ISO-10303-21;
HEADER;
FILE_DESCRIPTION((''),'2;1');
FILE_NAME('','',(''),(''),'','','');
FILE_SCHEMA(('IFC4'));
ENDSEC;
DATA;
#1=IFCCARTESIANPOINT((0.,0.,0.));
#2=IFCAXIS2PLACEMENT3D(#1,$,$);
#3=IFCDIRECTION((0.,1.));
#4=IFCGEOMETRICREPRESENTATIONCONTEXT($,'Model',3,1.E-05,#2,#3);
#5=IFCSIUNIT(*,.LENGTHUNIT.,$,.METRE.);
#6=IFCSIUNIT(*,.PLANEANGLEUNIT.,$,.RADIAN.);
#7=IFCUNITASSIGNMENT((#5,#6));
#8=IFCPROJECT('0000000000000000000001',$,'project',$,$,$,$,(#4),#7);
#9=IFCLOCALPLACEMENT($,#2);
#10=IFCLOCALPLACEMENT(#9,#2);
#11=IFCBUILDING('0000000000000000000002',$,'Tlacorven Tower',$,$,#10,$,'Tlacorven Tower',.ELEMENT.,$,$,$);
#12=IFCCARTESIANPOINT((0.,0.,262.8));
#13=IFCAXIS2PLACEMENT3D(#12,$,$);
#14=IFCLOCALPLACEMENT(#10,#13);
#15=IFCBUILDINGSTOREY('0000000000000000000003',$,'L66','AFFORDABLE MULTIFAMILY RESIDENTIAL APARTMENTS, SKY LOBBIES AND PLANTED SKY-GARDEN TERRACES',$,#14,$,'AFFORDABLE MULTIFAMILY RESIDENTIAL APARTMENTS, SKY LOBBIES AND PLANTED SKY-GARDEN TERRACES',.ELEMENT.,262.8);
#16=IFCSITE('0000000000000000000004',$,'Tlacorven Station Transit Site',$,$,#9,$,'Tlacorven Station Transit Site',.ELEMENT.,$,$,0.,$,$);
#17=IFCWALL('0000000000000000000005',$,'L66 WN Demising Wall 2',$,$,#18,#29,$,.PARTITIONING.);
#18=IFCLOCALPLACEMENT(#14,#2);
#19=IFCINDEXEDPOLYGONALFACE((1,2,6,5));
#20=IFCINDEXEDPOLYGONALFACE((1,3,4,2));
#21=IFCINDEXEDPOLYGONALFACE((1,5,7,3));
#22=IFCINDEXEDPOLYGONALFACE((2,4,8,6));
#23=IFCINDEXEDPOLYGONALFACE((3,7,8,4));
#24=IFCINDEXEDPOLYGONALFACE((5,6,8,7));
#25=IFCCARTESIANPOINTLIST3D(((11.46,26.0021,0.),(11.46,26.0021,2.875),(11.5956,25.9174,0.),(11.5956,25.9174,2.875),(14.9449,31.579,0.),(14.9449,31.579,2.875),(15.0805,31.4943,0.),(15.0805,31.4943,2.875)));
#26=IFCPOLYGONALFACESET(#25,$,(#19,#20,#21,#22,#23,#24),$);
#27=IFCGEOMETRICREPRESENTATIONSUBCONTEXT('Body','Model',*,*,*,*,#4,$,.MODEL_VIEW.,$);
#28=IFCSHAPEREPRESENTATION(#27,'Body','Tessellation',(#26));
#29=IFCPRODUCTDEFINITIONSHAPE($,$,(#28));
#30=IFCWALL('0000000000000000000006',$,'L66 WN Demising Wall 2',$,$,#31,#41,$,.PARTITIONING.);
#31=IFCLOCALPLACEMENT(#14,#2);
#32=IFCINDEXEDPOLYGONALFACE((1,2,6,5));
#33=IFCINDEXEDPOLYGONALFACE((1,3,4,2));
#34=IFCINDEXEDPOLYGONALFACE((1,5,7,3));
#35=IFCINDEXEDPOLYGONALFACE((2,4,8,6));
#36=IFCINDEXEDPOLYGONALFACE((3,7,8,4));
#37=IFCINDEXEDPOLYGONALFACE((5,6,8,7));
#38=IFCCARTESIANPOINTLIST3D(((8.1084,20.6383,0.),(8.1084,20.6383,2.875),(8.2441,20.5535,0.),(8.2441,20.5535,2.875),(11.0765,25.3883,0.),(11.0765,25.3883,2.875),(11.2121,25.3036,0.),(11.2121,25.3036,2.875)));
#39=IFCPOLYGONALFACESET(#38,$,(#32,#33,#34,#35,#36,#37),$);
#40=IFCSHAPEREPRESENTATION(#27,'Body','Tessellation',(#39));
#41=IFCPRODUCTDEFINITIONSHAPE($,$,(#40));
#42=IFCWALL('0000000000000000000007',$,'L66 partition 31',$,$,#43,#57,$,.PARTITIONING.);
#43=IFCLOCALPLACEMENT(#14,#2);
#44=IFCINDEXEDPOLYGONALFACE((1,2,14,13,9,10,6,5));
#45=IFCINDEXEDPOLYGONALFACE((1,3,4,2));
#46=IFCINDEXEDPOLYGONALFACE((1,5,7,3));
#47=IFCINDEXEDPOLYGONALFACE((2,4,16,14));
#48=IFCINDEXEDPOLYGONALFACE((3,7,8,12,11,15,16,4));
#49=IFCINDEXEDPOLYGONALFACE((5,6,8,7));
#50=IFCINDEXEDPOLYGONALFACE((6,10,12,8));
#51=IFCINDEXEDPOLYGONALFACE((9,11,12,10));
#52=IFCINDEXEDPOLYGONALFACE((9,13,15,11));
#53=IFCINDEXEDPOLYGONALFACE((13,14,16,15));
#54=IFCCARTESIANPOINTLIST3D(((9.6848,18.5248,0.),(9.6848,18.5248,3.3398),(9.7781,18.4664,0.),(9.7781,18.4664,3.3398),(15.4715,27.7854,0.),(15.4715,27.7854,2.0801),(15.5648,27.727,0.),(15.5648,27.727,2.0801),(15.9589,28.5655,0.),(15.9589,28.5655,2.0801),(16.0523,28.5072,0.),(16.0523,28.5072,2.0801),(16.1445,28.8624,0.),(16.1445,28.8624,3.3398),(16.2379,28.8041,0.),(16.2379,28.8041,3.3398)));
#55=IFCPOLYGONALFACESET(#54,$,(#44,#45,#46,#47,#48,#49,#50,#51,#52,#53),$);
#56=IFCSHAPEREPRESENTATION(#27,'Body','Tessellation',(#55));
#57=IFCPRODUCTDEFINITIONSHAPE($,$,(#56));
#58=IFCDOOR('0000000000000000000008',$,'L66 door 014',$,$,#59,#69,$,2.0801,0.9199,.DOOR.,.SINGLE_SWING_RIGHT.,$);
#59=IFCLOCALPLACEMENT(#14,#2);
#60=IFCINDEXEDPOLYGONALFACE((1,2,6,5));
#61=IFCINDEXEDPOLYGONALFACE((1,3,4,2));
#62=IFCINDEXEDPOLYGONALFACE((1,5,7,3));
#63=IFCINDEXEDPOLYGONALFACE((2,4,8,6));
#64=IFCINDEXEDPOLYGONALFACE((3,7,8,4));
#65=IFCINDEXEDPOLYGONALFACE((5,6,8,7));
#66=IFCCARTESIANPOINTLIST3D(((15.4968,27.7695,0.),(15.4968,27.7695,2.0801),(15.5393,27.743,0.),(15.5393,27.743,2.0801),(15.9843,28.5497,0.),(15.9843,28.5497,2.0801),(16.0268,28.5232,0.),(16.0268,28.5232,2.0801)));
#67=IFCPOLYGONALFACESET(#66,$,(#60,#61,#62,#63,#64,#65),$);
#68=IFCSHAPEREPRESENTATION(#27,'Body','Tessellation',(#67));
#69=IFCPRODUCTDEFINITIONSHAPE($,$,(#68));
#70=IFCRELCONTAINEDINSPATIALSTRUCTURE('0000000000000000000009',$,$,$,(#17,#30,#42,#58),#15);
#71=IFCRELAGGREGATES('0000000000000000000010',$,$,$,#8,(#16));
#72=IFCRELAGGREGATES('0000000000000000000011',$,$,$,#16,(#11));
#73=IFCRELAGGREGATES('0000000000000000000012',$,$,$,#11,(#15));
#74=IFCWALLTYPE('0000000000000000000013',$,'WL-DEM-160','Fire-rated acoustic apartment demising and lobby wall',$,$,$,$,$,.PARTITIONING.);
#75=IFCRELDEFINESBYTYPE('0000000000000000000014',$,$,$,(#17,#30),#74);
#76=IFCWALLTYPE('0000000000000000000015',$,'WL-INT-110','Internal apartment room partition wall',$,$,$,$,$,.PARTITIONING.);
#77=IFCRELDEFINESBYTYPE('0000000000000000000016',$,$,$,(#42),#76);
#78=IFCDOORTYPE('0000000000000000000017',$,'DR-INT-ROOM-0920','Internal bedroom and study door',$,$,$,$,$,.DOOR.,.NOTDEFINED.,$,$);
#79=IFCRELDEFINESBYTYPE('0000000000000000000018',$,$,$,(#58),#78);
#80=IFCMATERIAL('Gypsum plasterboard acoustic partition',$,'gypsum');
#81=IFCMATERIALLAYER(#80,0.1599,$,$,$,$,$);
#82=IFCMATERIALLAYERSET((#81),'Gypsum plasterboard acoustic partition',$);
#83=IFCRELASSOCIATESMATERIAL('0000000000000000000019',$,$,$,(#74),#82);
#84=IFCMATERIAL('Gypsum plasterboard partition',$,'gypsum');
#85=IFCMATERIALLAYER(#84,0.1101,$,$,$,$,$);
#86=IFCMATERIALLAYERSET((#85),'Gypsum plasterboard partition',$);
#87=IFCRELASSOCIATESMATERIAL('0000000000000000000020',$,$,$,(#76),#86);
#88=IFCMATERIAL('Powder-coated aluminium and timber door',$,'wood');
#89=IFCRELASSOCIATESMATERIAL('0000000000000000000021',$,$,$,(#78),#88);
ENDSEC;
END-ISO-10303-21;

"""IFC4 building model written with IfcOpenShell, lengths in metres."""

from ifc_helpers import new_model, si_unit, direction, frame, frame_2d, origin, place, context, subcontext, project, spatial, rectangle, extrude, source, transform, mapped, material, layer, layer_set, type_object, element, fill, save


model = new_model("IFC4")

# Units and contexts
model_context = context("Model", 3, precision=1e-05, world=origin(), true_north=direction((0.0, 1.0)))
body_context = subcontext(model_context, "Body", "Model", "MODEL_VIEW")
ifc_project = project(units=[si_unit("LENGTHUNIT", "METRE"), si_unit("PLANEANGLEUNIT", "RADIAN")], contexts=[model_context])

# Site, building, storey
site_placement = place(None, origin())
site = spatial("IfcSite", under=ifc_project, at=site_placement, Name="Tlacorven Station Transit Site", LongName="Tlacorven Station Transit Site", CompositionType="ELEMENT", RefElevation=0.0)
building_placement = place(site_placement, origin())
building = spatial("IfcBuilding", under=site, at=building_placement, Name="Tlacorven Tower", LongName="Tlacorven Tower", CompositionType="ELEMENT")
storey_placement = place(building_placement, frame((0.0, 0.0, 262.8)))
storey = spatial("IfcBuildingStorey", under=building, at=storey_placement, Name="L66", Description="AFFORDABLE MULTIFAMILY RESIDENTIAL APARTMENTS, SKY LOBBIES AND PLANTED SKY-GARDEN TERRACES", LongName="AFFORDABLE MULTIFAMILY RESIDENTIAL APARTMENTS, SKY LOBBIES AND PLANTED SKY-GARDEN TERRACES", CompositionType="ELEMENT", Elevation=262.8)

# Walls
ifc_material_1 = material(Name="Gypsum plasterboard acoustic partition", Category="gypsum")
ifc_layer_1 = layer(ifc_material_1, 0.1599)
ifc_layer_set_1 = layer_set([ifc_layer_1], Name="Gypsum plasterboard acoustic partition")
wall_type_1 = type_object("IfcWallType", Name="WL-DEM-160", Description="Fire-rated acoustic apartment demising and lobby wall", PredefinedType="PARTITIONING", material=ifc_layer_set_1)
wall_1_placement = place(storey_placement, frame((15.0127, 31.5366, 0.0), z_axis=(0.0, 0.0, 1.0), x_axis=(-0.529922, -0.848046, 0.0)))
element("IfcWall", 1, at=wall_1_placement, inside=storey, type_object=wall_type_1, Name="L66 WN Demising Wall 2", PredefinedType="PARTITIONING", context=body_context, shape_type="SweptSolid", body=[
    extrude(rectangle(XDim=6.5762, YDim=0.1599, at=frame_2d((3.2881, 0.0))), origin(), (0.0, 0.0, 1.0), 2.875),
])
wall_2_placement = place(storey_placement, frame((11.1443, 25.3459, 0.0), z_axis=(0.0, 0.0, 1.0), x_axis=(-0.529905, -0.848057, 0.0)))
element("IfcWall", 2, at=wall_2_placement, inside=storey, type_object=wall_type_1, Name="L66 WN Demising Wall 2", PredefinedType="PARTITIONING", context=body_context, shape_type="SweptSolid", body=[
    extrude(rectangle(XDim=5.6011, YDim=0.1599, at=frame_2d((2.8005, 0.0))), origin(), (0.0, 0.0, 1.0), 2.875),
])

# Wall, opening, door
ifc_material_2 = material(Name="Gypsum plasterboard partition", Category="gypsum")
ifc_layer_2 = layer(ifc_material_2, 0.1101)
ifc_layer_set_2 = layer_set([ifc_layer_2], Name="Gypsum plasterboard partition")
wall_type_2 = type_object("IfcWallType", Name="WL-INT-110", Description="Internal apartment room partition wall", PredefinedType="PARTITIONING", material=ifc_layer_set_2)
wall_3_placement = place(storey_placement, frame((16.1912, 28.8333, 0.0), z_axis=(0.0, 0.0, 1.0), x_axis=(-0.529922, -0.848047, 0.0)))
wall_3 = element("IfcWall", 3, at=wall_3_placement, inside=storey, type_object=wall_type_2, Name="L66 partition 31", PredefinedType="PARTITIONING", context=body_context, shape_type="SweptSolid", body=[
    extrude(rectangle(XDim=12.1899, YDim=0.1101, at=frame_2d((6.095, 0.0))), origin(), (0.0, 0.0, 1.0), 3.3398),
])
opening_placement = place(wall_3_placement, frame((0.3501, 0.0, 0.0)))
opening = element("IfcOpeningElement", 4, at=opening_placement, cuts=wall_3, PredefinedType="OPENING", context=body_context, shape_type="SweptSolid", body=[
    extrude(rectangle(XDim=0.9199, YDim=2.0801, at=frame_2d((0.46, 1.04))), frame((0.0, 0.0649, 0.0), z_axis=(0.0, -1.0, 0.0), x_axis=(1.0, 0.0, 0.0)), (0.0, 0.0, 1.0), 0.1301),
])
ifc_material_3 = material(Name="Powder-coated aluminium and timber door", Category="wood")
door_type = type_object("IfcDoorType", Name="DR-INT-ROOM-0920", Description="Internal bedroom and study door", OperationType="NOTDEFINED", PredefinedType="DOOR", material=ifc_material_3)
shared_shape_1 = source(origin(), body_context, "Body", "SweptSolid", [
    extrude(rectangle(XDim=0.9199, YDim=2.0801, at=frame_2d((0.46, 1.04))), frame((0.0, 0.0249, 0.0), z_axis=(0.0, -1.0, 0.0), x_axis=(1.0, 0.0, 0.0)), (0.0, 0.0, 1.0), 0.05),
])
door_placement = place(opening_placement, origin())
door = element("IfcDoor", 5, at=door_placement, inside=storey, type_object=door_type, Name="L66 door 014", OperationType="SINGLE_SWING_RIGHT", OverallHeight=2.0801, OverallWidth=0.9199, PredefinedType="DOOR", context=body_context, shape_type="MappedRepresentation", body=[
    mapped(shared_shape_1, transform((0.0, 0.0, 0.0), scale=1.0)),
])
fill(opening, door)

save(model, "model.ifc")
